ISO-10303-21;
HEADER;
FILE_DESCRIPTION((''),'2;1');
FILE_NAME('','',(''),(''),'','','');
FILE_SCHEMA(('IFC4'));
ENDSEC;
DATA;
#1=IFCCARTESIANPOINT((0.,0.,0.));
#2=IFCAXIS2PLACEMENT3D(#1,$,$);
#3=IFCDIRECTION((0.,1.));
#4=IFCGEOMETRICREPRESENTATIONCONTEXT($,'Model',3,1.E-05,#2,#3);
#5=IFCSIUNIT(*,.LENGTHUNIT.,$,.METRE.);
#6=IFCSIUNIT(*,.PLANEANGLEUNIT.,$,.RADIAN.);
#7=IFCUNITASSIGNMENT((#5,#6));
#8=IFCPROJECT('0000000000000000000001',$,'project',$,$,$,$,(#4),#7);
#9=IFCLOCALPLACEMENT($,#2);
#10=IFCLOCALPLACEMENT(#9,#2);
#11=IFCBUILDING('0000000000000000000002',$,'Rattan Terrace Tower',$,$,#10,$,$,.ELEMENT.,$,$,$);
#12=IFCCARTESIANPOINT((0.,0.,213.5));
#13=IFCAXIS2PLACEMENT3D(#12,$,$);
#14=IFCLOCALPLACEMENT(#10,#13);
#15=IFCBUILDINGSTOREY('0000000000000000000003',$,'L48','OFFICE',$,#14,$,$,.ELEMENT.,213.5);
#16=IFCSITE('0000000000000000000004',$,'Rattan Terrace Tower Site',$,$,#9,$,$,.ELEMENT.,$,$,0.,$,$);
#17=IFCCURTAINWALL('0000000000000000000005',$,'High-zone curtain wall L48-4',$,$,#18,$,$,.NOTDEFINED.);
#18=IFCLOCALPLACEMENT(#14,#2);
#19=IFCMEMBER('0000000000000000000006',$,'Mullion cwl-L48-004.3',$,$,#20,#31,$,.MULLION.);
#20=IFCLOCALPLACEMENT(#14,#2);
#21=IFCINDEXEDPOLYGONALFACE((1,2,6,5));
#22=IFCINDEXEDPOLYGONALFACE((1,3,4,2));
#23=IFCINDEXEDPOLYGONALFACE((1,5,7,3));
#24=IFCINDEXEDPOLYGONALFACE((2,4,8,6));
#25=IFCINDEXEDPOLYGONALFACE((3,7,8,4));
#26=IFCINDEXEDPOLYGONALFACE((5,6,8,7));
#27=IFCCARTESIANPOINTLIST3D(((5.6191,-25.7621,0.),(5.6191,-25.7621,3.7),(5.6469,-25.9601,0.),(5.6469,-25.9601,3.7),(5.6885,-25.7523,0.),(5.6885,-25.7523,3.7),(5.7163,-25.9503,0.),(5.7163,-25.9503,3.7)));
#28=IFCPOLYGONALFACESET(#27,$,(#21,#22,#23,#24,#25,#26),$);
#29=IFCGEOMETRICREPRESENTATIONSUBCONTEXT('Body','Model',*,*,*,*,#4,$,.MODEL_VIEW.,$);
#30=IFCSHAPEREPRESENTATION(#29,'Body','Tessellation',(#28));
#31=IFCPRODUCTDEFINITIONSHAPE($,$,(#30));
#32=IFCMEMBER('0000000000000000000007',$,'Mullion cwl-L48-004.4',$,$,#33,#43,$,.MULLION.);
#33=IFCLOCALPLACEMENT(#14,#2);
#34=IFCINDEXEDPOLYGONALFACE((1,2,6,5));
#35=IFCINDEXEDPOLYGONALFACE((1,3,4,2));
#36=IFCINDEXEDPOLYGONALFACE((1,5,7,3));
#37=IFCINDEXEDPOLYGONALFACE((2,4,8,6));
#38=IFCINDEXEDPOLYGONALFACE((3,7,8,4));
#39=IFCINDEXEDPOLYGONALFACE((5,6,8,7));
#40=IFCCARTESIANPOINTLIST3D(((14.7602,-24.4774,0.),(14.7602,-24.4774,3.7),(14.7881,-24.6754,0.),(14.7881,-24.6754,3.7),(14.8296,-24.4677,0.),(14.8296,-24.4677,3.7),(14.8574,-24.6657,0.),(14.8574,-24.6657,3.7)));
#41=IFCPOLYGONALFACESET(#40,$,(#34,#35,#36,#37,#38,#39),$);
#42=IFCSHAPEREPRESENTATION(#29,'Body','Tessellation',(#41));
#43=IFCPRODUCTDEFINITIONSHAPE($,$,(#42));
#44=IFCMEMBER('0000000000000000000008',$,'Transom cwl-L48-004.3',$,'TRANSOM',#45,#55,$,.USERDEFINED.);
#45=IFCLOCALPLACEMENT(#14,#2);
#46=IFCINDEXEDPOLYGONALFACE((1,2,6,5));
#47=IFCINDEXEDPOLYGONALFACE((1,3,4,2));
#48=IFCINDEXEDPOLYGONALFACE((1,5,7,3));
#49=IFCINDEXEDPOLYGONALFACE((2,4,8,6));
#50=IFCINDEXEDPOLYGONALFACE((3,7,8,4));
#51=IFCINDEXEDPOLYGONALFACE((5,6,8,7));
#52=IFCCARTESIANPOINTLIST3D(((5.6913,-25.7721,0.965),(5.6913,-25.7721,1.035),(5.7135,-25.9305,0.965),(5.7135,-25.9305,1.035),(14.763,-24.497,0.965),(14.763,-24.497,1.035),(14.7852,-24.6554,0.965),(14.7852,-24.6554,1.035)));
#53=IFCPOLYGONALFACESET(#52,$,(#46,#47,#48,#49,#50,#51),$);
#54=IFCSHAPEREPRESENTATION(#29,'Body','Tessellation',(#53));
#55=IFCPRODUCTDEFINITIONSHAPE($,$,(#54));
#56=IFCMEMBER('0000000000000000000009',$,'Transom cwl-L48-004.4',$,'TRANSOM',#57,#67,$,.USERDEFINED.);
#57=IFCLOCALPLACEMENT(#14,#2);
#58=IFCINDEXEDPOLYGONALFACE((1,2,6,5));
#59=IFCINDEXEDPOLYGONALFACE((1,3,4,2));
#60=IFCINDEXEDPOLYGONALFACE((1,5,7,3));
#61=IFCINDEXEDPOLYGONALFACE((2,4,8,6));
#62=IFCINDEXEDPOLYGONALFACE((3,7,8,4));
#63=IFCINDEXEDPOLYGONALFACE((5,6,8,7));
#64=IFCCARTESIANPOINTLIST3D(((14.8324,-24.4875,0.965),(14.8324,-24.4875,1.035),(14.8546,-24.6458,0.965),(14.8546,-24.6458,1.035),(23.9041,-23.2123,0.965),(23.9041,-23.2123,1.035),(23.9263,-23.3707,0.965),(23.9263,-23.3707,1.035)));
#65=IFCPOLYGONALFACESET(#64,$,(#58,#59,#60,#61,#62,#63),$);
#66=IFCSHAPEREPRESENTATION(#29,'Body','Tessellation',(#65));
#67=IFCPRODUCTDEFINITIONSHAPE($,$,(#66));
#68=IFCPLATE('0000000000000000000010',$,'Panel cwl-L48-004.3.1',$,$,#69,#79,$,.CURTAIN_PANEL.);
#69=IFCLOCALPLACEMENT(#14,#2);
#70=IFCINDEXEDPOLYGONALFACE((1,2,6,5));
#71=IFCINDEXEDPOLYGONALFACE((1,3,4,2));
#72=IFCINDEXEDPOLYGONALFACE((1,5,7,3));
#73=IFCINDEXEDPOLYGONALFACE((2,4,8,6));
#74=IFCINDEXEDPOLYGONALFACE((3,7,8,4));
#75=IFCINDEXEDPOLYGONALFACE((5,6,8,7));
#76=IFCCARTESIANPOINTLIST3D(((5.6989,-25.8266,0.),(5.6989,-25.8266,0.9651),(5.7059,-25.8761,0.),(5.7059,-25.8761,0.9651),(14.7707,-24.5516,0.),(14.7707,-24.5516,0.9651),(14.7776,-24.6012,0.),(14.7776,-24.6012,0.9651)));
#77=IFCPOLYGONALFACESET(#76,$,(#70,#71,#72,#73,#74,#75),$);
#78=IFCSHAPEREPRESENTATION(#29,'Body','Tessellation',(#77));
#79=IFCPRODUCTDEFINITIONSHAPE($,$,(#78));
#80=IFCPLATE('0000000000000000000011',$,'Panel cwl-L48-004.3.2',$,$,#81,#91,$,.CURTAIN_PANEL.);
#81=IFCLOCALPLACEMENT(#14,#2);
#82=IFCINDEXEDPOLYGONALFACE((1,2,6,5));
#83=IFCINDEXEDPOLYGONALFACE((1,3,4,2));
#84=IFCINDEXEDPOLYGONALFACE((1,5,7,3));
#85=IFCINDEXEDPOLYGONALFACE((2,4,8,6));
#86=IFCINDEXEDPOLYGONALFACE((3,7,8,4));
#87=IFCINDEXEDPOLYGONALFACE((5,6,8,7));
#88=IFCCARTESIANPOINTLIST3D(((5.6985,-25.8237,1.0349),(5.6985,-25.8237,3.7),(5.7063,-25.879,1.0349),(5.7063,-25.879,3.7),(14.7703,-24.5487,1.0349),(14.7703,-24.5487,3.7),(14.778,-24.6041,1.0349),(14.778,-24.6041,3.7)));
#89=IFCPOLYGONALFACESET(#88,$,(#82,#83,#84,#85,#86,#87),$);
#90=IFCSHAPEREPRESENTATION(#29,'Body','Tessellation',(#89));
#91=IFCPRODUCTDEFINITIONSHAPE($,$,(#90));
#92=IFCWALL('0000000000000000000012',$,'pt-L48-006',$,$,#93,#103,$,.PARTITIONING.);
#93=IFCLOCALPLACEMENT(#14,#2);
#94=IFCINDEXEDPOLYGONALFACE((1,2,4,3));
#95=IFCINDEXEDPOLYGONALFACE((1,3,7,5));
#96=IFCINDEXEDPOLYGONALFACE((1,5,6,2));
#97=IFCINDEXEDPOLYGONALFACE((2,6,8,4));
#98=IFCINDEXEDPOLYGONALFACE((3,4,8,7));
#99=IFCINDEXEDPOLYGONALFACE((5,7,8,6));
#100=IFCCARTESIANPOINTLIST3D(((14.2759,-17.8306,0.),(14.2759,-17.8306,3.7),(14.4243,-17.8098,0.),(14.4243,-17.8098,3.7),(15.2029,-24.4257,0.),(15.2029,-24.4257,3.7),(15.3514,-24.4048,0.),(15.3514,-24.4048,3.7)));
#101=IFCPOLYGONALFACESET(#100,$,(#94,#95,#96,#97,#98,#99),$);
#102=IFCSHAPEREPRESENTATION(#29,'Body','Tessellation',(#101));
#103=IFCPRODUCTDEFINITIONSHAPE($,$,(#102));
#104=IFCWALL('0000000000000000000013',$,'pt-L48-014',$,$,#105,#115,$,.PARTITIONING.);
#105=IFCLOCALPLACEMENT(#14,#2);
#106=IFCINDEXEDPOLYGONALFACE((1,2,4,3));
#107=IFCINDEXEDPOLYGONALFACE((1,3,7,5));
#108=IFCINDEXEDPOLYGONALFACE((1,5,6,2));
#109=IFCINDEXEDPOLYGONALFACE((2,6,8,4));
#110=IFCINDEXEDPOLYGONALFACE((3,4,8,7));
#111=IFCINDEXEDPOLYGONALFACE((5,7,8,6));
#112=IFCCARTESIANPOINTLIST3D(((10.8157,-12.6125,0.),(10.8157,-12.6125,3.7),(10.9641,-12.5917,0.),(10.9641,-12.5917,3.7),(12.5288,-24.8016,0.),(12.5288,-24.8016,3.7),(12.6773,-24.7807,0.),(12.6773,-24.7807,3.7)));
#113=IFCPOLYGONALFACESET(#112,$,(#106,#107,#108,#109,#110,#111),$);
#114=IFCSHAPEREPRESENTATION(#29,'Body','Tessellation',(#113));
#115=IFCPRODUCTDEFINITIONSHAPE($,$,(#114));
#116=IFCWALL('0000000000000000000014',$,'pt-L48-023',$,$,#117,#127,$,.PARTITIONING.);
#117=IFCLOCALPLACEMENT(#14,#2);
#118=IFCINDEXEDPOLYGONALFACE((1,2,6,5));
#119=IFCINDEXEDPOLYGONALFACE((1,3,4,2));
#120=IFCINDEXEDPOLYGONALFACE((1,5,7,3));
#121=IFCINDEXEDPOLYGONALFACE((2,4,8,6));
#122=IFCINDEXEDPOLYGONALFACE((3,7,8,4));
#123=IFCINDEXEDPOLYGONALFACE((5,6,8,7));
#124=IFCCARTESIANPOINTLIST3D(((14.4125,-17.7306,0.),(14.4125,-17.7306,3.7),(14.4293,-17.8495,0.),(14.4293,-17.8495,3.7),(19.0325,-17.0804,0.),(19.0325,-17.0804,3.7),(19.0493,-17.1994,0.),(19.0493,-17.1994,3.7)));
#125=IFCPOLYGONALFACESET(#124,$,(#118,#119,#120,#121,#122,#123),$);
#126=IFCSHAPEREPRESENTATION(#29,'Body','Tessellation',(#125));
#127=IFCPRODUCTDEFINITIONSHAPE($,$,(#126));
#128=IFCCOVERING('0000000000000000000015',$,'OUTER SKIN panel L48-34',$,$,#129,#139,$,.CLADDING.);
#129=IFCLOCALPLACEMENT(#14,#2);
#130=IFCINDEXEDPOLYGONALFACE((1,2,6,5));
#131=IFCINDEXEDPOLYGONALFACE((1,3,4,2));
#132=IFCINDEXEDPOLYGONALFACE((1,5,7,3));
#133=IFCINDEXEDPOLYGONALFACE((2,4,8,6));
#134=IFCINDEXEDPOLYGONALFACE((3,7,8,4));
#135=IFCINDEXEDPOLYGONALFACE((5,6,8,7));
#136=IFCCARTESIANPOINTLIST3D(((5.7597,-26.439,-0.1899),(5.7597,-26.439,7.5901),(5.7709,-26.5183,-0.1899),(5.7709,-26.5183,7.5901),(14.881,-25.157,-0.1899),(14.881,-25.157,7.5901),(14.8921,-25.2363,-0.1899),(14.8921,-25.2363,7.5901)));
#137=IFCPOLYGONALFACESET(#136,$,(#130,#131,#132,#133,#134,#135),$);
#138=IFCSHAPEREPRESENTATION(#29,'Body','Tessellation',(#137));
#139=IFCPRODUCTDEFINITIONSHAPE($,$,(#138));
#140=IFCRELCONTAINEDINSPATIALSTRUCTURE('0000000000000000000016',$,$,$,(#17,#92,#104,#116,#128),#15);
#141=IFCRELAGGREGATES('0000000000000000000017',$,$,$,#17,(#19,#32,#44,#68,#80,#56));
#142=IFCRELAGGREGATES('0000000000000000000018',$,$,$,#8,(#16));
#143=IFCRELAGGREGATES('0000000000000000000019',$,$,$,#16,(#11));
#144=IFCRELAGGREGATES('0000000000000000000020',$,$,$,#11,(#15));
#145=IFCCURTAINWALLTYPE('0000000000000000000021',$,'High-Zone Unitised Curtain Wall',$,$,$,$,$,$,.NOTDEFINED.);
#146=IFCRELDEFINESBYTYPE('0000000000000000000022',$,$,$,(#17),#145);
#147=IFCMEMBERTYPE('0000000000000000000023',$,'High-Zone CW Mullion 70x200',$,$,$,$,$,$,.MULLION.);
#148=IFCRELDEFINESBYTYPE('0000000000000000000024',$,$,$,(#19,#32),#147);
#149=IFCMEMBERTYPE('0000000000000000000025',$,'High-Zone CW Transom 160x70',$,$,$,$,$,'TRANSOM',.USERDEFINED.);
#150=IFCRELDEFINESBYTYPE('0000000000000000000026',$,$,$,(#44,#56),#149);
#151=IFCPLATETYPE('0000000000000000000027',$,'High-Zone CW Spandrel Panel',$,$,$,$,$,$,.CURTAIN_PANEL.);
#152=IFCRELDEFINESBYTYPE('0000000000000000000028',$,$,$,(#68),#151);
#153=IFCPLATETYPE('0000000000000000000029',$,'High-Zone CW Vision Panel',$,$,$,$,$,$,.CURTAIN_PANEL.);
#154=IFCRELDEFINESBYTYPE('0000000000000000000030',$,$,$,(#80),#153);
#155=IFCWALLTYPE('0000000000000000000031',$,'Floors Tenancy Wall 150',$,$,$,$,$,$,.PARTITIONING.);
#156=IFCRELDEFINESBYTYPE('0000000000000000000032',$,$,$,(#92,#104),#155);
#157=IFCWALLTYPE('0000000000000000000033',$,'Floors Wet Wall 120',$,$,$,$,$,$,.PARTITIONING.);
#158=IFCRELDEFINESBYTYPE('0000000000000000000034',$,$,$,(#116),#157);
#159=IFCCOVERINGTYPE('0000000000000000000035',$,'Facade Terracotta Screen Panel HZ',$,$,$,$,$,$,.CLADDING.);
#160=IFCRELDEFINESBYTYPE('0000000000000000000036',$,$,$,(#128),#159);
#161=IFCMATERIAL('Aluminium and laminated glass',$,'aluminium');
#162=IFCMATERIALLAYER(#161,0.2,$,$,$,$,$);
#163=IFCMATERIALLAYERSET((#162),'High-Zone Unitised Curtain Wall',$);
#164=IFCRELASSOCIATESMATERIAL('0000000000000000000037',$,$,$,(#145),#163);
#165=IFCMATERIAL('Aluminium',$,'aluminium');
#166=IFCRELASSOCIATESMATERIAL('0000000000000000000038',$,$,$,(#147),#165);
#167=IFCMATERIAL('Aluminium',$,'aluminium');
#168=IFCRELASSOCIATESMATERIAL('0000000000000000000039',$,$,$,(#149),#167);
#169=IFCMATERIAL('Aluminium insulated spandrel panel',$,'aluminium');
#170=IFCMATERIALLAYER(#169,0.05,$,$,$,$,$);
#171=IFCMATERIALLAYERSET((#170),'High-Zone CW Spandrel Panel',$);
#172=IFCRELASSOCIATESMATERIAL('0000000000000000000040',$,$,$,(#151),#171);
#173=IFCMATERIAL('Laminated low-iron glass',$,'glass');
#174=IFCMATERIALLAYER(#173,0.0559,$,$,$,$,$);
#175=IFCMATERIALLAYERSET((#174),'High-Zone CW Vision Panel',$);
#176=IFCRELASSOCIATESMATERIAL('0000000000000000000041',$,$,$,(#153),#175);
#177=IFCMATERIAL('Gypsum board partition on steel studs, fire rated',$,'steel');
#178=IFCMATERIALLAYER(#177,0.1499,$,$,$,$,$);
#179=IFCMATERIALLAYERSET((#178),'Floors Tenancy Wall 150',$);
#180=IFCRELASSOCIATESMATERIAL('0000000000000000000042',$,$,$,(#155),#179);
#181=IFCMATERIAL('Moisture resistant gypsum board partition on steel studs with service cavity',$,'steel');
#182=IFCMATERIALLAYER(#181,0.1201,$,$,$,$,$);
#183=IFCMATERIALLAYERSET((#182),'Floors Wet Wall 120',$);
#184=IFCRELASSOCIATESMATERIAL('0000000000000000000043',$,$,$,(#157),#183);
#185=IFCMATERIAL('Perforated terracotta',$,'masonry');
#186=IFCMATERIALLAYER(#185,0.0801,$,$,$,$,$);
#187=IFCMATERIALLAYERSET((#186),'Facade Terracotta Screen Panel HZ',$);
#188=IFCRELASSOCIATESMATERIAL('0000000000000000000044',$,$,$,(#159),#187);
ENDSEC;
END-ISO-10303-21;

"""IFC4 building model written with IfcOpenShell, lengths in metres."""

from ifc_helpers import new_model, si_unit, direction, frame, frame_2d, origin, origin_2d, place, context, subcontext, project, spatial, rectangle, extrude, material, layer, layer_set, material_profile, profile_set, type_object, element, aggregate, save


model = new_model("IFC4")

# Units and contexts
model_context = context("Model", 3, precision=1e-05, world=origin(), true_north=direction((0.0, 1.0)))
body_context = subcontext(model_context, "Body", "Model", "MODEL_VIEW")
ifc_project = project(units=[si_unit("LENGTHUNIT", "METRE"), si_unit("PLANEANGLEUNIT", "RADIAN")], contexts=[model_context])

# Site, building, storey
site_placement = place(None, origin())
site = spatial("IfcSite", under=ifc_project, at=site_placement, Name="Rattan Terrace Tower Site", CompositionType="ELEMENT", RefElevation=0.0)
building_placement = place(site_placement, origin())
building = spatial("IfcBuilding", under=site, at=building_placement, Name="Rattan Terrace Tower", CompositionType="ELEMENT")
storey_placement = place(building_placement, frame((0.0, 0.0, 213.5)))
storey = spatial("IfcBuildingStorey", under=building, at=storey_placement, Name="L48", Description="OFFICE", CompositionType="ELEMENT", Elevation=213.5)

# Curtain wall, members, plates
ifc_material_1 = material(Name="Aluminium and laminated glass", Category="aluminium")
ifc_layer_1 = layer(ifc_material_1, 0.2)
ifc_layer_set_1 = layer_set([ifc_layer_1], Name="High-Zone Unitised Curtain Wall")
curtain_wall_type = type_object("IfcCurtainWallType", Name="High-Zone Unitised Curtain Wall", PredefinedType="NOTDEFINED", material=ifc_layer_set_1)
curtain_wall_placement = place(storey_placement, origin())
curtain_wall = element("IfcCurtainWall", 1, at=curtain_wall_placement, inside=storey, type_object=curtain_wall_type, Name="High-zone curtain wall L48-4", PredefinedType="NOTDEFINED")
ifc_material_2 = material(Name="Aluminium", Category="aluminium")
ifc_material_profile_1 = material_profile(ifc_material_2, rectangle(XDim=0.0701, YDim=0.2, at=origin_2d()), Name="Aluminium 70x200")
ifc_profile_set_1 = profile_set([ifc_material_profile_1], Name="Aluminium")
member_type_1 = type_object("IfcMemberType", Name="High-Zone CW Mullion 70x200", PredefinedType="MULLION", material=ifc_profile_set_1)
member_1_placement = place(storey_placement, frame((5.6677, -25.8562, 0.0), z_axis=(0.0, 0.0, 1.0), x_axis=(0.990267, 0.139177, 0.0)))
member_1 = element("IfcMember", 2, at=member_1_placement, type_object=member_type_1, Name="Mullion cwl-L48-004.3", PredefinedType="MULLION", context=body_context, shape_type="SweptSolid", body=[
    extrude(rectangle(XDim=0.0701, YDim=0.2, at=origin_2d()), origin(), (0.0, 0.0, 1.0), 3.7),
])
member_2_placement = place(storey_placement, frame((14.8088, -24.5715, 0.0), z_axis=(0.0, 0.0, 1.0), x_axis=(0.990267, 0.139177, 0.0)))
member_2 = element("IfcMember", 3, at=member_2_placement, type_object=member_type_1, Name="Mullion cwl-L48-004.4", PredefinedType="MULLION", context=body_context, shape_type="SweptSolid", body=[
    extrude(rectangle(XDim=0.0701, YDim=0.2, at=origin_2d()), origin(), (0.0, 0.0, 1.0), 3.7),
])
ifc_material_3 = material(Name="Aluminium", Category="aluminium")
ifc_material_profile_2 = material_profile(ifc_material_3, rectangle(XDim=0.1599, YDim=0.0701, at=origin_2d()), Name="Aluminium 160x70")
ifc_profile_set_2 = profile_set([ifc_material_profile_2], Name="Aluminium")
member_type_2 = type_object("IfcMemberType", Name="High-Zone CW Transom 160x70", ElementType="TRANSOM", PredefinedType="USERDEFINED", material=ifc_profile_set_2)
member_3_placement = place(storey_placement, frame((5.7024, -25.8513, 1.0), z_axis=(0.990265, 0.139194, 0.0), x_axis=(-0.139194, 0.990265, 0.0)))
member_3 = element("IfcMember", 4, at=member_3_placement, type_object=member_type_2, Name="Transom cwl-L48-004.3", ObjectType="TRANSOM", PredefinedType="USERDEFINED", context=body_context, shape_type="SweptSolid", body=[
    extrude(rectangle(XDim=0.1599, YDim=0.0701, at=origin_2d()), origin(), (0.0, 0.0, 1.0), 9.1609),
])
member_4_placement = place(storey_placement, frame((14.8435, -24.5667, 1.0), z_axis=(0.990265, 0.139194, 0.0), x_axis=(-0.139194, 0.990265, 0.0)))
member_4 = element("IfcMember", 5, at=member_4_placement, type_object=member_type_2, Name="Transom cwl-L48-004.4", ObjectType="TRANSOM", PredefinedType="USERDEFINED", context=body_context, shape_type="SweptSolid", body=[
    extrude(rectangle(XDim=0.1599, YDim=0.0701, at=origin_2d()), origin(), (0.0, 0.0, 1.0), 9.1609),
])
ifc_material_4 = material(Name="Aluminium insulated spandrel panel", Category="aluminium")
ifc_layer_2 = layer(ifc_material_4, 0.05)
ifc_layer_set_2 = layer_set([ifc_layer_2], Name="High-Zone CW Spandrel Panel")
plate_type_1 = type_object("IfcPlateType", Name="High-Zone CW Spandrel Panel", PredefinedType="CURTAIN_PANEL", material=ifc_layer_set_2)
plate_1_placement = place(storey_placement, frame((10.2383, -25.2139, 0.0), z_axis=(0.0, 0.0, 1.0), x_axis=(0.990267, 0.139177, 0.0)))
plate_1 = element("IfcPlate", 6, at=plate_1_placement, type_object=plate_type_1, Name="Panel cwl-L48-004.3.1", PredefinedType="CURTAIN_PANEL", context=body_context, shape_type="SweptSolid", body=[
    extrude(rectangle(XDim=9.1609, YDim=0.05, at=origin_2d()), origin(), (0.0, 0.0, 1.0), 0.9651),
])
ifc_material_5 = material(Name="Laminated low-iron glass", Category="glass")
ifc_layer_3 = layer(ifc_material_5, 0.0559)
ifc_layer_set_3 = layer_set([ifc_layer_3], Name="High-Zone CW Vision Panel")
plate_type_2 = type_object("IfcPlateType", Name="High-Zone CW Vision Panel", PredefinedType="CURTAIN_PANEL", material=ifc_layer_set_3)
plate_2_placement = place(storey_placement, frame((10.2383, -25.2139, 1.0349), z_axis=(0.0, 0.0, 1.0), x_axis=(0.990267, 0.139177, 0.0)))
plate_2 = element("IfcPlate", 7, at=plate_2_placement, type_object=plate_type_2, Name="Panel cwl-L48-004.3.2", PredefinedType="CURTAIN_PANEL", context=body_context, shape_type="SweptSolid", body=[
    extrude(rectangle(XDim=9.1609, YDim=0.0559, at=origin_2d()), origin(), (0.0, 0.0, 1.0), 2.665),
])
aggregate(curtain_wall, [member_1, member_2, member_3, plate_1, plate_2, member_4])

# Walls
ifc_material_6 = material(Name="Gypsum board partition on steel studs, fire rated", Category="steel")
ifc_layer_4 = layer(ifc_material_6, 0.1499)
ifc_layer_set_4 = layer_set([ifc_layer_4], Name="Floors Tenancy Wall 150")
wall_type_1 = type_object("IfcWallType", Name="Floors Tenancy Wall 150", PredefinedType="PARTITIONING", material=ifc_layer_set_4)
wall_1_placement = place(storey_placement, frame((14.3501, -17.8201, 0.0), z_axis=(0.0, 0.0, 1.0), x_axis=(0.139194, -0.990265, 0.0)))
element("IfcWall", 8, at=wall_1_placement, inside=storey, type_object=wall_type_1, Name="pt-L48-006", PredefinedType="PARTITIONING", context=body_context, shape_type="SweptSolid", body=[
    extrude(rectangle(XDim=6.6599, YDim=0.1499, at=frame_2d((3.3301, 0.0))), origin(), (0.0, 0.0, 1.0), 3.7),
])
wall_2_placement = place(storey_placement, frame((12.603, -24.791, 0.0), z_axis=(0.0, 0.0, 1.0), x_axis=(-0.13918, 0.990267, 0.0)))
element("IfcWall", 9, at=wall_2_placement, inside=storey, type_object=wall_type_1, Name="pt-L48-014", PredefinedType="PARTITIONING", context=body_context, shape_type="SweptSolid", body=[
    extrude(rectangle(XDim=12.3088, YDim=0.1499, at=frame_2d((6.1543, 0.0))), origin(), (0.0, 0.0, 1.0), 3.7),
])
ifc_material_7 = material(Name="Moisture resistant gypsum board partition on steel studs with service cavity", Category="steel")
ifc_layer_5 = layer(ifc_material_7, 0.1201)
ifc_layer_set_5 = layer_set([ifc_layer_5], Name="Floors Wet Wall 120")
wall_type_2 = type_object("IfcWallType", Name="Floors Wet Wall 120", PredefinedType="PARTITIONING", material=ifc_layer_set_5)
wall_3_placement = place(storey_placement, frame((14.4209, -17.79, 0.0), z_axis=(0.0, 0.0, 1.0), x_axis=(0.990243, 0.139348, 0.0)))
element("IfcWall", 10, at=wall_3_placement, inside=storey, type_object=wall_type_2, Name="pt-L48-023", PredefinedType="PARTITIONING", context=body_context, shape_type="SweptSolid", body=[
    extrude(rectangle(XDim=4.6655, YDim=0.1201, at=frame_2d((2.3328, 0.0))), origin(), (0.0, 0.0, 1.0), 3.7),
])

# Covering
ifc_material_8 = material(Name="Perforated terracotta", Category="masonry")
ifc_layer_6 = layer(ifc_material_8, 0.0801)
ifc_layer_set_6 = layer_set([ifc_layer_6], Name="Facade Terracotta Screen Panel HZ")
covering_type = type_object("IfcCoveringType", Name="Facade Terracotta Screen Panel HZ", PredefinedType="CLADDING", material=ifc_layer_set_6)
covering_placement = place(storey_placement, frame((10.3259, -25.8376, -0.1899), z_axis=(0.0, 0.0, 1.0), x_axis=(0.990267, 0.139177, 0.0)))
element("IfcCovering", 11, at=covering_placement, inside=storey, type_object=covering_type, Name="OUTER SKIN panel L48-34", PredefinedType="CLADDING", context=body_context, shape_type="SweptSolid", body=[
    extrude(rectangle(XDim=9.2109, YDim=0.0801, at=origin_2d()), origin(), (0.0, 0.0, 1.0), 7.78),
])

save(model, "model.ifc")
